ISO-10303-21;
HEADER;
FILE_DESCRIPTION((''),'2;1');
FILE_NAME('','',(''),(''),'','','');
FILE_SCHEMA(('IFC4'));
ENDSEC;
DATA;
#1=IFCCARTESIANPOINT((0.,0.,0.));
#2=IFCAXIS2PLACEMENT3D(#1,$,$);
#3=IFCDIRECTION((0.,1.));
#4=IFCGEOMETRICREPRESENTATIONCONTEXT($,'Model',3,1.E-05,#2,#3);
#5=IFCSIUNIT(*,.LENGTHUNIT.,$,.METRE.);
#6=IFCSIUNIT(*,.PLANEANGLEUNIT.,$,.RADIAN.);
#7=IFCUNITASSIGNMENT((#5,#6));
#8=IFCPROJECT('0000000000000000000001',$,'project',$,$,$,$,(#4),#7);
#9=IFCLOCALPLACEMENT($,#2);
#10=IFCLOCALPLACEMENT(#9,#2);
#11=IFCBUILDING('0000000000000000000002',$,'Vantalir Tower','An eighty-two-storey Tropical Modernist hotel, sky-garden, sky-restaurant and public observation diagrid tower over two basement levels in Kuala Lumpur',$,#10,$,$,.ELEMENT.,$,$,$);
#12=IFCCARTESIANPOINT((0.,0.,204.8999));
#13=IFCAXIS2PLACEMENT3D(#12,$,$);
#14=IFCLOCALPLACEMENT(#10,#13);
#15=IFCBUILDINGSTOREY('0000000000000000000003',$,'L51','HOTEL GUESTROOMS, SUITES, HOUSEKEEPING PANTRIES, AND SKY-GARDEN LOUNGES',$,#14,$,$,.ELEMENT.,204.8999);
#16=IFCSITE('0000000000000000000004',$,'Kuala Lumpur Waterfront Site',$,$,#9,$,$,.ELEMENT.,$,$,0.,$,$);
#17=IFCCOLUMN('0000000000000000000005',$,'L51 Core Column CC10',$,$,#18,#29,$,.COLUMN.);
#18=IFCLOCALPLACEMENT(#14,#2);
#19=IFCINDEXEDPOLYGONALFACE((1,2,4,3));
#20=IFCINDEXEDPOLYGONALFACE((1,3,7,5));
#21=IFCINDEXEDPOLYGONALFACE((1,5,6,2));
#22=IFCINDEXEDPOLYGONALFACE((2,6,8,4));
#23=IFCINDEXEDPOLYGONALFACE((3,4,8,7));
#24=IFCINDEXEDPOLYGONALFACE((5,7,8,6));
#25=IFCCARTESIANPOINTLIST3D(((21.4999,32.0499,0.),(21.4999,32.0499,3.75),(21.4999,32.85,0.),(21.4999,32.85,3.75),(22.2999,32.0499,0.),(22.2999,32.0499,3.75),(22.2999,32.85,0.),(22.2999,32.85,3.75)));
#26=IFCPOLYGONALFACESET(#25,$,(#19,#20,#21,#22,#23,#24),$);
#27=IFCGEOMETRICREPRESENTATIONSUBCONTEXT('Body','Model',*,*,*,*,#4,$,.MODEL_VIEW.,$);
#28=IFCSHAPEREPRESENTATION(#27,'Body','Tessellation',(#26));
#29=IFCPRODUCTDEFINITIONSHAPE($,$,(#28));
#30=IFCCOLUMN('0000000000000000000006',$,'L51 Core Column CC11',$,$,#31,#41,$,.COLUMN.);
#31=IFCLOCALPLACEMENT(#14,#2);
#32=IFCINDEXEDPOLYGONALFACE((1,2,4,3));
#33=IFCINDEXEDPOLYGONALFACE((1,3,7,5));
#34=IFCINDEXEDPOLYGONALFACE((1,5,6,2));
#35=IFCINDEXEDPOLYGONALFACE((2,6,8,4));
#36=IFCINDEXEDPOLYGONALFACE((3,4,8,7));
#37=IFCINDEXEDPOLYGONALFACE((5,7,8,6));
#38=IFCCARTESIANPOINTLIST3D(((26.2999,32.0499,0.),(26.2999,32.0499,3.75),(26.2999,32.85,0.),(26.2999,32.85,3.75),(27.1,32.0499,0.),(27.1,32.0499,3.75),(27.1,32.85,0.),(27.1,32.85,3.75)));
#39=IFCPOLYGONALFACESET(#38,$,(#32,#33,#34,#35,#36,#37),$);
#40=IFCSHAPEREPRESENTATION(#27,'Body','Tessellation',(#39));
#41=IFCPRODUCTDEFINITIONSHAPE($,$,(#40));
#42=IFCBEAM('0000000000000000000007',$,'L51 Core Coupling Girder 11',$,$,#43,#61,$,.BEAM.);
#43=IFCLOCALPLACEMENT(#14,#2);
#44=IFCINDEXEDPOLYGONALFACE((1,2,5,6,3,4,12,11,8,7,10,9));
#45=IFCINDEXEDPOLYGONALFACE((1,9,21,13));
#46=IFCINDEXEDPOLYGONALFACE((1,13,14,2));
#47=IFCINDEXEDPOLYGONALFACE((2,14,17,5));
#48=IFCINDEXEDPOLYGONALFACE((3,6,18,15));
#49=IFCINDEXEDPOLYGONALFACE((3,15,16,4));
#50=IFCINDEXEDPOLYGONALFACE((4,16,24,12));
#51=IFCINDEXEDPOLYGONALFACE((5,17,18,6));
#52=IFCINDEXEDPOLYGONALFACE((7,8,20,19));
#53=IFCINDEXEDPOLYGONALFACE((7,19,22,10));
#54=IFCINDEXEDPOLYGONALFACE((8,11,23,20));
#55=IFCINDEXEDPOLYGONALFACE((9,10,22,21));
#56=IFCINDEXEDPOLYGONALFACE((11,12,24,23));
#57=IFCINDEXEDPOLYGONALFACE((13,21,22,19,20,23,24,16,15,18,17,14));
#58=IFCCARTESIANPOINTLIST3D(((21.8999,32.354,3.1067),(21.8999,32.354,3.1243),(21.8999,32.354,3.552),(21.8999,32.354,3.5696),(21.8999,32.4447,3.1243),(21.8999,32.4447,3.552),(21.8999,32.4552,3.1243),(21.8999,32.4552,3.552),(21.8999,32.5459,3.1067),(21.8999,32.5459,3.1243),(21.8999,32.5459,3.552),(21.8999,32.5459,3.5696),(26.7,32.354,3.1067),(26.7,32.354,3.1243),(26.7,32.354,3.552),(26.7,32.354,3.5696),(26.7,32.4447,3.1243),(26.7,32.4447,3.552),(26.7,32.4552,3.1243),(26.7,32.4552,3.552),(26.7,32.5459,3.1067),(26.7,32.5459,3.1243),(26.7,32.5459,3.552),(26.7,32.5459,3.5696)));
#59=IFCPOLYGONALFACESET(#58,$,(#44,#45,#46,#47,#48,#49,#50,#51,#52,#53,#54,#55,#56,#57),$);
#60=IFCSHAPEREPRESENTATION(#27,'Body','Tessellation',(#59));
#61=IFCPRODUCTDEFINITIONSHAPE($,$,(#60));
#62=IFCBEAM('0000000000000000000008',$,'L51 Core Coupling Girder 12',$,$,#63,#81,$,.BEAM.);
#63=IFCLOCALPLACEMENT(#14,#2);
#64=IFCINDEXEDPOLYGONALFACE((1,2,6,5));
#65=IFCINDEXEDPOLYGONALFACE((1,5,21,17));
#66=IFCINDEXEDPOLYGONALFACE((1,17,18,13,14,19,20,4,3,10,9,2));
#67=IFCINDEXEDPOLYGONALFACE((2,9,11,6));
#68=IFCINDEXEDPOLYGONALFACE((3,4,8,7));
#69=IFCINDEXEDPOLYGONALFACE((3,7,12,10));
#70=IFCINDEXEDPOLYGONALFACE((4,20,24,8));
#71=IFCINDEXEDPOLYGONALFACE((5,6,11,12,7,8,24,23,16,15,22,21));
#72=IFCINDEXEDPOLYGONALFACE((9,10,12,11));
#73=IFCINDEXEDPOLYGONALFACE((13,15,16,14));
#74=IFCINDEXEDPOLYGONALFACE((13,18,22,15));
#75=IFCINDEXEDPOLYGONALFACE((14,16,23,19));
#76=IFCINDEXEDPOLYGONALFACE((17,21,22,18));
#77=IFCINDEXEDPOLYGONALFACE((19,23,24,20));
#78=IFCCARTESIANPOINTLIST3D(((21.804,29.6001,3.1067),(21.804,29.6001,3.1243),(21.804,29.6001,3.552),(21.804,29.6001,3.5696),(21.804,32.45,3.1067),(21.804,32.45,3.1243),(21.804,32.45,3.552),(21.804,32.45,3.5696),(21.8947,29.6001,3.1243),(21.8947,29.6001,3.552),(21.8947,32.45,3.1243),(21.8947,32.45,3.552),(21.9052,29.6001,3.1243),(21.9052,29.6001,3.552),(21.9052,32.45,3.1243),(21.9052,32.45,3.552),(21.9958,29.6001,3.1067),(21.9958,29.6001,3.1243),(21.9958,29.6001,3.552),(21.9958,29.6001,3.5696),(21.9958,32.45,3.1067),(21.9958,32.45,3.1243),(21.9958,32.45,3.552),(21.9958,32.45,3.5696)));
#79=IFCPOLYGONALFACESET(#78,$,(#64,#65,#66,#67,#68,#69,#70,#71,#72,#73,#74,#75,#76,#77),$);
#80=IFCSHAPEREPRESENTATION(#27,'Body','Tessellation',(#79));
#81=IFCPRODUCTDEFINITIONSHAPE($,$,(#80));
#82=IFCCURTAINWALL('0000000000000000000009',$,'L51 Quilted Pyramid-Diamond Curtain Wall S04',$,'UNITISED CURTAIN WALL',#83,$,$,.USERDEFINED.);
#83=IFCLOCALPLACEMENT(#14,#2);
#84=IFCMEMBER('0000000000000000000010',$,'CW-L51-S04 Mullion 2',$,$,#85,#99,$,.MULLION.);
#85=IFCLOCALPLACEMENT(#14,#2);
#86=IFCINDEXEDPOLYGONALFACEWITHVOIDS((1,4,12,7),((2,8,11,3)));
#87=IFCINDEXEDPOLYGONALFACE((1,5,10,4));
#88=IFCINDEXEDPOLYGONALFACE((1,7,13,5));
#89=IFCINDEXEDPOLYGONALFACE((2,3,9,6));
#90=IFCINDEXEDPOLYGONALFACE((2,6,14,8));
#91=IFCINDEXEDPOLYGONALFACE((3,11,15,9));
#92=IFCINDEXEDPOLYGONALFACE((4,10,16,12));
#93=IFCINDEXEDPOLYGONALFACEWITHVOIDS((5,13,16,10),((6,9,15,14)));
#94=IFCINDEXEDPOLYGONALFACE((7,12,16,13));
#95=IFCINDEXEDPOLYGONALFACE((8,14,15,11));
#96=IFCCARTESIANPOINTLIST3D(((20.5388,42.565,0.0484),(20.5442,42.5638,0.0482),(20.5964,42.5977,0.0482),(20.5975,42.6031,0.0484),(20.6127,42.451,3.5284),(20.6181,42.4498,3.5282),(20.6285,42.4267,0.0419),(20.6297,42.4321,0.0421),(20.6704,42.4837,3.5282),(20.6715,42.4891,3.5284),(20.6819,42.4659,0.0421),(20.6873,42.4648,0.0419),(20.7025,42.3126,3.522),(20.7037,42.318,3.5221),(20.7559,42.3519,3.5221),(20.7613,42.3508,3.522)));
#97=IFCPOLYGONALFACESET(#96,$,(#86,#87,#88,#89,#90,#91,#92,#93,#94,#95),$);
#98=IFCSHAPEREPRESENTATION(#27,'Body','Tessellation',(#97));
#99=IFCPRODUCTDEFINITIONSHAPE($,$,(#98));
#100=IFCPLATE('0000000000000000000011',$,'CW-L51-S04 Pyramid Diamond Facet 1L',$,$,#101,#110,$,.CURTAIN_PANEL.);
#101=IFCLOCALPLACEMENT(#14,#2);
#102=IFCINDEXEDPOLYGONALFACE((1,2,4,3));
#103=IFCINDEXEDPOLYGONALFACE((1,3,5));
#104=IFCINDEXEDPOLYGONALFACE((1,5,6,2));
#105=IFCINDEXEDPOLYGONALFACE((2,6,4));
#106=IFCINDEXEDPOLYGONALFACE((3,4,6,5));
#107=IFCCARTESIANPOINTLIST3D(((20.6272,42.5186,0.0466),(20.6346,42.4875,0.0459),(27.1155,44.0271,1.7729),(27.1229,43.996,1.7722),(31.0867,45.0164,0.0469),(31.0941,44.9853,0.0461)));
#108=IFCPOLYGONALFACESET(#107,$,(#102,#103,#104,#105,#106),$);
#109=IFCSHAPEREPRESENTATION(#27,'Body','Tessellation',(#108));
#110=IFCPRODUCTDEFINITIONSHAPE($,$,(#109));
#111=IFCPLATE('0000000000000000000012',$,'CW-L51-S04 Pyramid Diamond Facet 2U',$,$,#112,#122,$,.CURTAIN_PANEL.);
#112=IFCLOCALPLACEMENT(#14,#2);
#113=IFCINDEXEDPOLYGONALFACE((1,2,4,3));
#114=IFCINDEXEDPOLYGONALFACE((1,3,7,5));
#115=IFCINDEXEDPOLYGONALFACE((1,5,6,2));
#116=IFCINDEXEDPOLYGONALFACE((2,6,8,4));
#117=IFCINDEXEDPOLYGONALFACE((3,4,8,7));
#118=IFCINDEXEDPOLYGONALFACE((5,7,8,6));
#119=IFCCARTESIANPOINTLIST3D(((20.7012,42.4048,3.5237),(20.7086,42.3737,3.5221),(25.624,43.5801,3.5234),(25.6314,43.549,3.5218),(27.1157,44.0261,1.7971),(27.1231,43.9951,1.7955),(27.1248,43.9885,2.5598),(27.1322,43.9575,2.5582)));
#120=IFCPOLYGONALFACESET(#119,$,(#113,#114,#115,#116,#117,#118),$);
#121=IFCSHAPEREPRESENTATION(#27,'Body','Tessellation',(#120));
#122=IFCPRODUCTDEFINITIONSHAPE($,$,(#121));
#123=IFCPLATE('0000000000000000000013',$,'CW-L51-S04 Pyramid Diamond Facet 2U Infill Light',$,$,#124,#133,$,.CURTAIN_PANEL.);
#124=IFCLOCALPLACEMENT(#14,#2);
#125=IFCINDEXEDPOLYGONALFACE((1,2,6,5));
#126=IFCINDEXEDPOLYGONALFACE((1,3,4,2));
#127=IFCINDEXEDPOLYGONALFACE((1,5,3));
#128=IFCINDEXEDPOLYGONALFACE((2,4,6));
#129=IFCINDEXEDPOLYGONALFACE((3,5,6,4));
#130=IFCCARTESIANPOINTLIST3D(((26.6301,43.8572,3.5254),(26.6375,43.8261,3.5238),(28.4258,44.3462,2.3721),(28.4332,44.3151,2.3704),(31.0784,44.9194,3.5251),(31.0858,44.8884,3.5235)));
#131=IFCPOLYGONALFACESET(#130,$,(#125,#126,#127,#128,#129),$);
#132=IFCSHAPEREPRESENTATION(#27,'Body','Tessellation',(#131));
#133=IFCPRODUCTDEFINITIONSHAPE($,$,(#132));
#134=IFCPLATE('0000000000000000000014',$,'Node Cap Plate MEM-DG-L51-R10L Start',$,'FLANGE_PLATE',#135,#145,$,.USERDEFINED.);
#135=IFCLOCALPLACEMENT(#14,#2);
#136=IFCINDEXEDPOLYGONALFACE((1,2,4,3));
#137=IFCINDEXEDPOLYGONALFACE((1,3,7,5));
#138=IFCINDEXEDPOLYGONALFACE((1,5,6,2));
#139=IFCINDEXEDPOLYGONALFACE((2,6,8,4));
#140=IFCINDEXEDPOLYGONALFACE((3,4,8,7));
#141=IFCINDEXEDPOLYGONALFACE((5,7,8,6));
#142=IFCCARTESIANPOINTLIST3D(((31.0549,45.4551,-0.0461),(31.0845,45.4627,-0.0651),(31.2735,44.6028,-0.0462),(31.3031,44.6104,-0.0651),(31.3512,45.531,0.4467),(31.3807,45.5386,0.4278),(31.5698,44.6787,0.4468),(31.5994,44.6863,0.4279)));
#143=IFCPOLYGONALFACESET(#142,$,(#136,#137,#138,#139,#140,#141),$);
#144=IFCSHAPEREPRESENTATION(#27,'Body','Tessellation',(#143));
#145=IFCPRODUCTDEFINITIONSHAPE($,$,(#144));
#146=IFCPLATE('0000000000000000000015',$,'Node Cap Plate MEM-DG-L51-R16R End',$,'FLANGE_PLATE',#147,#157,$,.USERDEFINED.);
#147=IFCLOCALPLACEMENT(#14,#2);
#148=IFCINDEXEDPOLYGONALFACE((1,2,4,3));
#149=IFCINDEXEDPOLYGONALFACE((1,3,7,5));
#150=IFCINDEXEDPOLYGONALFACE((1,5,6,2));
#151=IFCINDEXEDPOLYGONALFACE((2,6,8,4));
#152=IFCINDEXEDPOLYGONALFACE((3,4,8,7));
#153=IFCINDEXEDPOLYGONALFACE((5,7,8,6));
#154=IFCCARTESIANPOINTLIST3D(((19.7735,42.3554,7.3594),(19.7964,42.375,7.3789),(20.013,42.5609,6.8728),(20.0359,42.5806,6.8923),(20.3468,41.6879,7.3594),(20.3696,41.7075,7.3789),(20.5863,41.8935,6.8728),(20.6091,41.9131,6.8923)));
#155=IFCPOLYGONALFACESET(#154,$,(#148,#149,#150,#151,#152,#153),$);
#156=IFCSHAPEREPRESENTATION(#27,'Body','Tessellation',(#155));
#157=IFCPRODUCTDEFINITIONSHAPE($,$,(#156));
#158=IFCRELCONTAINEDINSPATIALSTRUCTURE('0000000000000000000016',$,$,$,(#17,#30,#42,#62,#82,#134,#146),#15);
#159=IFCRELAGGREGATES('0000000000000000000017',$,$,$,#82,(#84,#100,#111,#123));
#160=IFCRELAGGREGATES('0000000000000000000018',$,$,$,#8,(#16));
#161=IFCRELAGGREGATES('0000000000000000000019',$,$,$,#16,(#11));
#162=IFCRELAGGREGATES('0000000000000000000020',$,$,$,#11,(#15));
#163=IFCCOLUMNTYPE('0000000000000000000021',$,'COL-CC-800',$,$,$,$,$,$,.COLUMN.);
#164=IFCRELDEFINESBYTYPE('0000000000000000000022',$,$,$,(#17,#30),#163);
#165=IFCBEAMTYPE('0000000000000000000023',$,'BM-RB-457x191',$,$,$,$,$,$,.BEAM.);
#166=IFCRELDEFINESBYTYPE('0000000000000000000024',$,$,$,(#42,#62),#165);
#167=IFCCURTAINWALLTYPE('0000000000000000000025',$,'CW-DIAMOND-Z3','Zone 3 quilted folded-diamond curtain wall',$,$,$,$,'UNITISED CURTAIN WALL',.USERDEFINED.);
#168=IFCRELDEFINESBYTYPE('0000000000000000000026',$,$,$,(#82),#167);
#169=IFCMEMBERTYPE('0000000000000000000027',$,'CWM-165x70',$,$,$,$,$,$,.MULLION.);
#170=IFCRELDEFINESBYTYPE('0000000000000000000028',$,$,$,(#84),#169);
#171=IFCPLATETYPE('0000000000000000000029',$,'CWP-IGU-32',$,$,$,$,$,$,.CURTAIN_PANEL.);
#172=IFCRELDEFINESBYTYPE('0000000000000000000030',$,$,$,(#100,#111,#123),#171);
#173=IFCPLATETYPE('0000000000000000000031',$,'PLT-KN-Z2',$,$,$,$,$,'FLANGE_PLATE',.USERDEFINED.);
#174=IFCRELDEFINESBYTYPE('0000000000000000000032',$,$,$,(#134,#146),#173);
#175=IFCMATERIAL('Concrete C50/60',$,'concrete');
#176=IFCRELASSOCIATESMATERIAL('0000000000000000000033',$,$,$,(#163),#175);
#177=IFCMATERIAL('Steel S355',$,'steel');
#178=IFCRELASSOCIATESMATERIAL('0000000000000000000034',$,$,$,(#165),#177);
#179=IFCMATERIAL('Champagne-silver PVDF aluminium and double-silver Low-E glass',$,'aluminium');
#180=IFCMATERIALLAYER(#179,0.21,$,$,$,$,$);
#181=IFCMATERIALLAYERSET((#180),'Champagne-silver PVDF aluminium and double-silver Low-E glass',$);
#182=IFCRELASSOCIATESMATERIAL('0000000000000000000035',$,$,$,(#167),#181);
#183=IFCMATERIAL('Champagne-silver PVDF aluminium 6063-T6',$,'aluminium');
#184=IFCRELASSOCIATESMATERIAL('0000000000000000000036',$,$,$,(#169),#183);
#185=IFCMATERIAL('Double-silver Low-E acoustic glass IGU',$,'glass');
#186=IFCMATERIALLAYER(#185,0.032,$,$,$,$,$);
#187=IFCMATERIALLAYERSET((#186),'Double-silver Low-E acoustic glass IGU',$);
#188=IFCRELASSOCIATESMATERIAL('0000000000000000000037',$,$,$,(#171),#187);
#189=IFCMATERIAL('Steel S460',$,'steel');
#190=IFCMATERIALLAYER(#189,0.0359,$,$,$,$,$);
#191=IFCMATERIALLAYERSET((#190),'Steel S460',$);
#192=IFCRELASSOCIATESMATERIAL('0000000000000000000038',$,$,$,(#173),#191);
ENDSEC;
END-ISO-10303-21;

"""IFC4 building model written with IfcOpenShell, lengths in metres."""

from ifc_helpers import new_model, si_unit, direction, frame, origin, origin_2d, place, context, subcontext, project, spatial, polyline, rectangle, hollow_rectangle, i_section, outline, extrude, material, layer, layer_set, material_profile, profile_set, type_object, element, aggregate, save


model = new_model("IFC4")

# Units and contexts
model_context = context("Model", 3, precision=1e-05, world=origin(), true_north=direction((0.0, 1.0)))
body_context = subcontext(model_context, "Body", "Model", "MODEL_VIEW")
ifc_project = project(units=[si_unit("LENGTHUNIT", "METRE"), si_unit("PLANEANGLEUNIT", "RADIAN")], contexts=[model_context])

# Site, building, storey
site_placement = place(None, origin())
site = spatial("IfcSite", under=ifc_project, at=site_placement, Name="Kuala Lumpur Waterfront Site", CompositionType="ELEMENT", RefElevation=0.0)
building_placement = place(site_placement, origin())
building = spatial("IfcBuilding", under=site, at=building_placement, Name="Vantalir Tower", Description="An eighty-two-storey Tropical Modernist hotel, sky-garden, sky-restaurant and public observation diagrid tower over two basement levels in Kuala Lumpur", CompositionType="ELEMENT")
storey_placement = place(building_placement, frame((0.0, 0.0, 204.8999)))
storey = spatial("IfcBuildingStorey", under=building, at=storey_placement, Name="L51", Description="HOTEL GUESTROOMS, SUITES, HOUSEKEEPING PANTRIES, AND SKY-GARDEN LOUNGES", CompositionType="ELEMENT", Elevation=204.8999)

# Columns
ifc_material_1 = material(Name="Concrete C50/60", Category="concrete")
ifc_material_profile_1 = material_profile(ifc_material_1, rectangle(XDim=0.8, YDim=0.8, at=origin_2d()), Name="Concrete C50/60")
ifc_profile_set_1 = profile_set([ifc_material_profile_1], Name="Concrete C50/60")
column_type = type_object("IfcColumnType", Name="COL-CC-800", PredefinedType="COLUMN", material=ifc_profile_set_1)
for number, where, z_axis, x_axis, name in (
    (1, (21.8999, 32.45, 0.0), (0.0, 0.0, 1.0), (1.0, 0.0, 0.0), "L51 Core Column CC10"),
    (2, (26.7, 32.45, 0.0), (0.0, 0.0, 1.0), (1.0, 0.0, 0.0), "L51 Core Column CC11"),
):
    element("IfcColumn", number, at=place(storey_placement, frame(where, z_axis=z_axis, x_axis=x_axis)), inside=storey, type_object=column_type, Name=name, PredefinedType="COLUMN", context=body_context, shape_type="SweptSolid", body=[
        extrude(rectangle(XDim=0.8, YDim=0.8, at=origin_2d()), origin(), (0.0, 0.0, 1.0), 3.75),
    ])

# Beams
ifc_material_2 = material(Name="Steel S355", Category="steel")
ifc_material_profile_2 = material_profile(ifc_material_2, i_section(OverallWidth=0.1919, OverallDepth=0.4629, WebThickness=0.0105, FlangeThickness=0.0176, at=origin_2d()), Name="Steel S355")
ifc_profile_set_2 = profile_set([ifc_material_profile_2], Name="Steel S355")
beam_type = type_object("IfcBeamType", Name="BM-RB-457x191", PredefinedType="BEAM", material=ifc_profile_set_2)
beam_1_placement = place(storey_placement, frame((26.7, 32.45, 3.3381), z_axis=(-1.0, 0.0, 0.0), x_axis=(0.0, -1.0, 0.0)))
element("IfcBeam", 3, at=beam_1_placement, inside=storey, type_object=beam_type, Name="L51 Core Coupling Girder 11", PredefinedType="BEAM", context=body_context, shape_type="SweptSolid", body=[
    extrude(i_section(OverallWidth=0.1919, OverallDepth=0.4629, WebThickness=0.0105, FlangeThickness=0.0176, at=origin_2d()), origin(), (0.0, 0.0, 1.0), 4.8),
])
beam_2_placement = place(storey_placement, frame((21.8999, 32.45, 3.3381), z_axis=(0.0, -1.0, 0.0), x_axis=(1.0, 0.0, 0.0)))
element("IfcBeam", 4, at=beam_2_placement, inside=storey, type_object=beam_type, Name="L51 Core Coupling Girder 12", PredefinedType="BEAM", context=body_context, shape_type="SweptSolid", body=[
    extrude(i_section(OverallWidth=0.1919, OverallDepth=0.4629, WebThickness=0.0105, FlangeThickness=0.0176, at=origin_2d()), origin(), (0.0, 0.0, 1.0), 2.8499),
])

# Curtain wall, member, plates
ifc_material_3 = material(Name="Champagne-silver PVDF aluminium and double-silver Low-E glass", Category="aluminium")
ifc_layer_1 = layer(ifc_material_3, 0.21)
ifc_layer_set_1 = layer_set([ifc_layer_1], Name="Champagne-silver PVDF aluminium and double-silver Low-E glass")
curtain_wall_type = type_object("IfcCurtainWallType", Name="CW-DIAMOND-Z3", Description="Zone 3 quilted folded-diamond curtain wall", ElementType="UNITISED CURTAIN WALL", PredefinedType="USERDEFINED", material=ifc_layer_set_1)
curtain_wall_placement = place(storey_placement, origin())
curtain_wall = element("IfcCurtainWall", 5, at=curtain_wall_placement, inside=storey, type_object=curtain_wall_type, Name="L51 Quilted Pyramid-Diamond Curtain Wall S04", ObjectType="UNITISED CURTAIN WALL", PredefinedType="USERDEFINED")
ifc_material_4 = material(Name="Champagne-silver PVDF aluminium 6063-T6", Category="aluminium")
ifc_material_profile_3 = material_profile(ifc_material_4, hollow_rectangle(XDim=0.0701, YDim=0.165, WallThickness=0.0039, at=origin_2d()), Name="Champagne-silver PVDF aluminium 6063-T6")
ifc_profile_set_3 = profile_set([ifc_material_profile_3], Name="Champagne-silver PVDF aluminium 6063-T6")
member_type = type_object("IfcMemberType", Name="CWM-165x70", PredefinedType="MULLION", material=ifc_profile_set_3)
member_placement = place(storey_placement, frame((20.613, 42.5149, 0.0452), z_axis=(0.021241, -0.032738, 0.999238), x_axis=(0.838895, 0.544294, 0.0)))
member = element("IfcMember", 6, at=member_placement, type_object=member_type, Name="CW-L51-S04 Mullion 2", PredefinedType="MULLION", context=body_context, shape_type="SweptSolid", body=[
    extrude(hollow_rectangle(XDim=0.0701, YDim=0.165, WallThickness=0.0039, at=origin_2d()), origin(), (0.0, 0.0, 1.0), 3.4827),
])
ifc_material_5 = material(Name="Double-silver Low-E acoustic glass IGU", Category="glass")
ifc_layer_2 = layer(ifc_material_5, 0.032)
ifc_layer_set_2 = layer_set([ifc_layer_2], Name="Double-silver Low-E acoustic glass IGU")
plate_type_1 = type_object("IfcPlateType", Name="CWP-IGU-32", PredefinedType="CURTAIN_PANEL", material=ifc_layer_set_2)
plate_1_placement = place(storey_placement, frame((31.0867, 45.0164, 0.0469), z_axis=(-0.232215, 0.972391, 0.023044), x_axis=(-0.97265, -0.232276, -0.000023)))
plate_1 = element("IfcPlate", 7, at=plate_1_placement, type_object=plate_type_1, Name="CW-L51-S04 Pyramid Diamond Facet 1L", PredefinedType="CURTAIN_PANEL", context=body_context, shape_type="SweptSolid", body=[
    extrude(outline(polyline([(0.0, 0.0), (10.7536, 0.0), (4.0923, 1.7266), (0.0, 0.0)])), origin(), (0.0, 0.0, -1.0), 0.032),
])
plate_2_placement = place(storey_placement, frame((25.624, 43.5801, 3.5234), z_axis=(-0.231912, 0.97142, 0.050602), x_axis=(-0.972665, -0.232211, 0.000048)))
plate_2 = element("IfcPlate", 8, at=plate_2_placement, type_object=plate_type_1, Name="CW-L51-S04 Pyramid Diamond Facet 2U", PredefinedType="CURTAIN_PANEL", context=body_context, shape_type="SweptSolid", body=[
    extrude(outline(polyline([(0.0, 0.0), (5.0612, 0.0), (-1.5546, -1.7285), (-1.5546, -0.9648), (0.0, 0.0)])), origin(), (0.0, 0.0, -1.0), 0.032),
])
plate_3_placement = place(storey_placement, frame((31.0784, 44.9194, 3.5251), z_axis=(-0.231971, 0.9714, 0.050713), x_axis=(-0.972651, -0.232272, 0.000053)))
plate_3 = element("IfcPlate", 9, at=plate_3_placement, type_object=plate_type_1, Name="CW-L51-S04 Pyramid Diamond Facet 2U Infill Light", PredefinedType="CURTAIN_PANEL", context=body_context, shape_type="SweptSolid", body=[
    extrude(outline(polyline([(0.0, 0.0), (4.5733, 0.0), (2.7131, -1.1547), (0.0, 0.0)])), origin(), (0.0, 0.0, -1.0), 0.032),
])
aggregate(curtain_wall, [member, plate_1, plate_2, plate_3])

# Plates
ifc_material_6 = material(Name="Steel S460", Category="steel")
ifc_layer_3 = layer(ifc_material_6, 0.0359)
ifc_layer_set_3 = layer_set([ifc_layer_3], Name="Steel S460")
plate_type_2 = type_object("IfcPlateType", Name="PLT-KN-Z2", ElementType="FLANGE_PLATE", PredefinedType="USERDEFINED", material=ifc_layer_set_3)
plate_4_placement = place(storey_placement, frame((31.0549, 45.4551, -0.0461), z_axis=(-0.823078, -0.211133, 0.527225), x_axis=(0.248436, -0.968648, -0.00006)))
element("IfcPlate", 10, at=plate_4_placement, inside=storey, type_object=plate_type_2, Name="Node Cap Plate MEM-DG-L51-R10L Start", ObjectType="FLANGE_PLATE", PredefinedType="USERDEFINED", context=body_context, shape_type="SweptSolid", body=[
    extrude(outline(polyline([(0.0, 0.0), (0.8799, 0.0), (0.8799, 0.5802), (0.0, 0.58), (0.0, 0.0)])), origin(), (0.0, 0.0, -1.0), 0.0359),
])
plate_5_placement = place(storey_placement, frame((20.6091, 41.9131, 6.8923), z_axis=(0.636455, 0.546597, 0.544203), x_axis=(-0.651522, 0.758629, 0.0)))
element("IfcPlate", 11, at=plate_5_placement, inside=storey, type_object=plate_type_2, Name="Node Cap Plate MEM-DG-L51-R16R End", ObjectType="FLANGE_PLATE", PredefinedType="USERDEFINED", context=body_context, shape_type="SweptSolid", body=[
    extrude(outline(polyline([(0.0, 0.0), (0.8799, 0.0), (0.8799, 0.58), (0.0001, 0.58), (0.0, 0.0)])), origin(), (0.0, 0.0, -1.0), 0.0359),
])

save(model, "model.ifc")
